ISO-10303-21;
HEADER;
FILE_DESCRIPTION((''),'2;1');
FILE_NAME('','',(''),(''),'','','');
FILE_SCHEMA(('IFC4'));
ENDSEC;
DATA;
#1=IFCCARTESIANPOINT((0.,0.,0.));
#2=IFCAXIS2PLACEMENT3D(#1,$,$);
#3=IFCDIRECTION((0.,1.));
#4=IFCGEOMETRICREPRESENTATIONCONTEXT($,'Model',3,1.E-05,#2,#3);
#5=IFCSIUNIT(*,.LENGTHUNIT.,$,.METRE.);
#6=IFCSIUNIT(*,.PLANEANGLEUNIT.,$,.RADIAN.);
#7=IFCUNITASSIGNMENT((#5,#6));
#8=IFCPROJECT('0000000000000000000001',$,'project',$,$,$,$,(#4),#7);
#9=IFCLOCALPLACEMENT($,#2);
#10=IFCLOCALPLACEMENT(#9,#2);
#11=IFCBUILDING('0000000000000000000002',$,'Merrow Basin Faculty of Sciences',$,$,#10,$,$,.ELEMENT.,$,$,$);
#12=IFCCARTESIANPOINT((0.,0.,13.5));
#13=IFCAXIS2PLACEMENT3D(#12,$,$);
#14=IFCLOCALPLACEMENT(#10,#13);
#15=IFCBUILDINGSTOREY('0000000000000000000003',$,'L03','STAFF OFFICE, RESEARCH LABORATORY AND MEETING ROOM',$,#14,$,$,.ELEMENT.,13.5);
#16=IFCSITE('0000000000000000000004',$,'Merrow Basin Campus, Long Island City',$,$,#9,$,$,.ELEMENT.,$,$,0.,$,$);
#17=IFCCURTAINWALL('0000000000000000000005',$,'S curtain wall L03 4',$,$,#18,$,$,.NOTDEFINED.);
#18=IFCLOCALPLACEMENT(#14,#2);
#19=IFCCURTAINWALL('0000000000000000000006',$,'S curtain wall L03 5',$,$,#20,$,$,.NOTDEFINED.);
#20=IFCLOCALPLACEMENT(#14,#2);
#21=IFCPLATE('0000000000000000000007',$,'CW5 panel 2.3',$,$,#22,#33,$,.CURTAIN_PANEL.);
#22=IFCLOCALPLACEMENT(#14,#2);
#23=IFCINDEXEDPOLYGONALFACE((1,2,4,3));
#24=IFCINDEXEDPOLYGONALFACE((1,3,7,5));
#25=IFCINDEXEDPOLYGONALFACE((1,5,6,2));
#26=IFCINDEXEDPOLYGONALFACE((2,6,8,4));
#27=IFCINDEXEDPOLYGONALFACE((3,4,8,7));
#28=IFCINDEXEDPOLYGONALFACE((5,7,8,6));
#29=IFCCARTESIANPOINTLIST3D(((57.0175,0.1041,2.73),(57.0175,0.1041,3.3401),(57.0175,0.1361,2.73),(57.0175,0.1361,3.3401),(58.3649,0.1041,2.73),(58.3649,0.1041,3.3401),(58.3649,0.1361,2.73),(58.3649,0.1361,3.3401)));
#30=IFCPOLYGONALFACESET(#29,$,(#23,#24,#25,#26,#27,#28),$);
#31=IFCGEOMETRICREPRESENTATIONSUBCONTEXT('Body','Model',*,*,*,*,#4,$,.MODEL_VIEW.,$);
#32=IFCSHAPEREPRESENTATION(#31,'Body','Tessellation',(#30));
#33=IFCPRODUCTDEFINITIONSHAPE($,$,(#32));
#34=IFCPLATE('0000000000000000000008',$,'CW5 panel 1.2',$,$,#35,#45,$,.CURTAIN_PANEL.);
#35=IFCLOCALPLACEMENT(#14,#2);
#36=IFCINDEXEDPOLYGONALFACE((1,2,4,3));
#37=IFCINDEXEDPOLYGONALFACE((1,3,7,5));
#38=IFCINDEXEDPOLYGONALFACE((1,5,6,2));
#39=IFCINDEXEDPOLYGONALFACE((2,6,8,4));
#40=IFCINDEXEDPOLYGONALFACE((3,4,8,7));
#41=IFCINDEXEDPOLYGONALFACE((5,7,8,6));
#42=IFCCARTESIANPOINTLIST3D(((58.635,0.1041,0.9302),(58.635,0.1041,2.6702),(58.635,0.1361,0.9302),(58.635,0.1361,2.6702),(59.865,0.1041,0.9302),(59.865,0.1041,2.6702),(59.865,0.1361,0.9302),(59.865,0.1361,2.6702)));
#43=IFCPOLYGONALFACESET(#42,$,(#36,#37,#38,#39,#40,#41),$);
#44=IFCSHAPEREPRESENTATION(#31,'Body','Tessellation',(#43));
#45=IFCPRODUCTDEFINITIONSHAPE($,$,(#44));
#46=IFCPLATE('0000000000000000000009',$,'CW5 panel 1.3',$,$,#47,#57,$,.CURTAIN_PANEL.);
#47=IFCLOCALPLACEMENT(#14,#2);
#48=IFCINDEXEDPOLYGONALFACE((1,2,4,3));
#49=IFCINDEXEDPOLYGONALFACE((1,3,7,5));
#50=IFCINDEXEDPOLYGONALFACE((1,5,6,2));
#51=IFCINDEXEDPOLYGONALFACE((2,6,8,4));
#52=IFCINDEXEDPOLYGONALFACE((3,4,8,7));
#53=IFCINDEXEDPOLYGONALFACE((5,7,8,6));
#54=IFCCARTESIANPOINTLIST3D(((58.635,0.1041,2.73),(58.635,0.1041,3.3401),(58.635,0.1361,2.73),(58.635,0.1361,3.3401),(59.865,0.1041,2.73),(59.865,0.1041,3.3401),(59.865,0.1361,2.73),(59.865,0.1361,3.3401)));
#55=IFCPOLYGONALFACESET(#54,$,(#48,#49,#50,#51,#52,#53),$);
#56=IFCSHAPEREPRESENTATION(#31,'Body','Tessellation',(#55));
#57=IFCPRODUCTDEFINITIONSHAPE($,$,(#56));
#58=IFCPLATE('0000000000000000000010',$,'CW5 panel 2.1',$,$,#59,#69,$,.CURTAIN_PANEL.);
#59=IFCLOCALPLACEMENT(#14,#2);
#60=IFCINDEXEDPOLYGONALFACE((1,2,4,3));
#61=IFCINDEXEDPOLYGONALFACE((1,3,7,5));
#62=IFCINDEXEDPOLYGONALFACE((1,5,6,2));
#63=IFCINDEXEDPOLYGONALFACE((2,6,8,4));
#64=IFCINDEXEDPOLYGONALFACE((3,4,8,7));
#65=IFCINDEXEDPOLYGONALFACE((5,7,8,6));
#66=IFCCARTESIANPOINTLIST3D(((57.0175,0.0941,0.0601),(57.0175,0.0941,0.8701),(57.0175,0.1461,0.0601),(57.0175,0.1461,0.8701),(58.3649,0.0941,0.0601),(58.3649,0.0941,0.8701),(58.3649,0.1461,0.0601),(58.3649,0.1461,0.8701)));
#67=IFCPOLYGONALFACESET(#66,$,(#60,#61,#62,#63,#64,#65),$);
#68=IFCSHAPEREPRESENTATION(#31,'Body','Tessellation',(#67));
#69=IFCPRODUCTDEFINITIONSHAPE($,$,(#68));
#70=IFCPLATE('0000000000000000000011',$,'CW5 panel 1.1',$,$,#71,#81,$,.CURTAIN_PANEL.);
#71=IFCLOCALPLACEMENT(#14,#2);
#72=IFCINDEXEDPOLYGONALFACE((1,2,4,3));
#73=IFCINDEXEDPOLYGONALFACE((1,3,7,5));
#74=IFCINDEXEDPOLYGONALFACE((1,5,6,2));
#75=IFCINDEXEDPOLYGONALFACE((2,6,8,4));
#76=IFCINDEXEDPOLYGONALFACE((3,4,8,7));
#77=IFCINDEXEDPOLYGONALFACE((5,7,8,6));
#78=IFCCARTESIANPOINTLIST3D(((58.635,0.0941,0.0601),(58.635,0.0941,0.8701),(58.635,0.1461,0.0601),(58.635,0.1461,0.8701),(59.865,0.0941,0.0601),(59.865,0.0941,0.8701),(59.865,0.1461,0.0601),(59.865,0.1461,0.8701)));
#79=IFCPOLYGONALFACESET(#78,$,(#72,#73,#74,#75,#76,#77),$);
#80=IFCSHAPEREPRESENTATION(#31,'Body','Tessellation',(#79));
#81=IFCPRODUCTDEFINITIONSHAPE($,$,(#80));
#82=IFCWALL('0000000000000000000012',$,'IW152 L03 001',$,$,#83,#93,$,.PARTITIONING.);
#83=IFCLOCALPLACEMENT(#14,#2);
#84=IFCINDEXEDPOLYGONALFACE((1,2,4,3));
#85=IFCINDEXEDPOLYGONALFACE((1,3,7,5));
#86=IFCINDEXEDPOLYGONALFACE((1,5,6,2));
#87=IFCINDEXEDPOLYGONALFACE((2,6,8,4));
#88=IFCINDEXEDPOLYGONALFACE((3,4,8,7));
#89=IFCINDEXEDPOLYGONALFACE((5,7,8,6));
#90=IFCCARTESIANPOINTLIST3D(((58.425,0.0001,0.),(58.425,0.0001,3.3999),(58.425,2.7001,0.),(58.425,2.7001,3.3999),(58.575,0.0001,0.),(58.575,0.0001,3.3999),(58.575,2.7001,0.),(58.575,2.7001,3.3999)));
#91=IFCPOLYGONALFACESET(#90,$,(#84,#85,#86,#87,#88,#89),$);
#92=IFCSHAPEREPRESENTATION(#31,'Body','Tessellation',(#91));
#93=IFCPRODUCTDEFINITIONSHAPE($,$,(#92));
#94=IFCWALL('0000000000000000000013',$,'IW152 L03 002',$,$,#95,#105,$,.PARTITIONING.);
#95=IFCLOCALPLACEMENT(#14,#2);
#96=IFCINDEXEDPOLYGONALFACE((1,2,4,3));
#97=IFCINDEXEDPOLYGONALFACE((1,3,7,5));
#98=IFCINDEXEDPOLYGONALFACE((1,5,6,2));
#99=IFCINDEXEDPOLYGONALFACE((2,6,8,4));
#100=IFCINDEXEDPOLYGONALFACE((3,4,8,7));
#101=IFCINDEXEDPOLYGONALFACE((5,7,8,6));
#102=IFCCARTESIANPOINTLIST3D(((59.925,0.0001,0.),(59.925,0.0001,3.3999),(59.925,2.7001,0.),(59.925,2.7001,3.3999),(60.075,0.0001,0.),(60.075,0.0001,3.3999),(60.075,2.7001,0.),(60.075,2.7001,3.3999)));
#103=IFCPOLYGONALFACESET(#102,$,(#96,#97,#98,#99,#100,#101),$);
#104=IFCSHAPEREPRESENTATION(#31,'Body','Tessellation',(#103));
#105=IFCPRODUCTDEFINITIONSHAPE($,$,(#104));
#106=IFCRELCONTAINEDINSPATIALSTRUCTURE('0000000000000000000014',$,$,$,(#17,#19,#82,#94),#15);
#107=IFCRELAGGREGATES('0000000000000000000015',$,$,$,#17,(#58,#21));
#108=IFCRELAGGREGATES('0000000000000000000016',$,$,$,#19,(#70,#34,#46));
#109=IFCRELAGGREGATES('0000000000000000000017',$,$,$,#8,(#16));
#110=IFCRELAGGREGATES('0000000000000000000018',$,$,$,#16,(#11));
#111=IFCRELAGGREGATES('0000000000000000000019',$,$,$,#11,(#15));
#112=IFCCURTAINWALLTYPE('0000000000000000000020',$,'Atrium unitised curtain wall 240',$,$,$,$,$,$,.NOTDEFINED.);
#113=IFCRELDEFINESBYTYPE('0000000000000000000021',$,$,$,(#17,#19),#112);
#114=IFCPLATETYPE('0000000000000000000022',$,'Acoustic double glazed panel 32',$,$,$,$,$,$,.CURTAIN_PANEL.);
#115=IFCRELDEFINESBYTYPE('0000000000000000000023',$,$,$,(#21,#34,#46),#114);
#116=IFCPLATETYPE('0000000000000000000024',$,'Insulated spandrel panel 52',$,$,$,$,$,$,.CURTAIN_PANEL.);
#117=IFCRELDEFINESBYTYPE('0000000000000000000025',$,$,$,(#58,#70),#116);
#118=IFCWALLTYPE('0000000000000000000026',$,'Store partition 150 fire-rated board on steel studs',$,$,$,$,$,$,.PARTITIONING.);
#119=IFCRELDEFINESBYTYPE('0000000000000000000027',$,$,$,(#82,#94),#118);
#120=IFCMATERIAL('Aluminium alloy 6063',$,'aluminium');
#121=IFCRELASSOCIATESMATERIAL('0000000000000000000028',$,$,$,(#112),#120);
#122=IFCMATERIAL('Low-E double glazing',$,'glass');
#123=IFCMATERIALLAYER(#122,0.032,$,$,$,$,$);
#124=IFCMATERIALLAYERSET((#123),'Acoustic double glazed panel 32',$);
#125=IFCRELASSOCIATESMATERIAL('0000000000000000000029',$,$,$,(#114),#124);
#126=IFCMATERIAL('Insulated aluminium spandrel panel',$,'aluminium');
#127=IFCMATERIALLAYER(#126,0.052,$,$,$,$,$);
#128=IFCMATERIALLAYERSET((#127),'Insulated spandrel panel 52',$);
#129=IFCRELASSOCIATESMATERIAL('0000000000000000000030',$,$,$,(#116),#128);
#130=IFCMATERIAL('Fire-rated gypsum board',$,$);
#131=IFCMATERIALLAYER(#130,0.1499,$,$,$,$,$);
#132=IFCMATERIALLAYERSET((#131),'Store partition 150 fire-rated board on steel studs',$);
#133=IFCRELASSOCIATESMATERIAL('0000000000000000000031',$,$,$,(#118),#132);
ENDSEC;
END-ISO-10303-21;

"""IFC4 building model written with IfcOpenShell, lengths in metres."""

from ifc_helpers import new_model, si_unit, direction, frame, frame_2d, origin, origin_2d, place, context, subcontext, project, spatial, rectangle, extrude, material, layer, layer_set, type_object, element, aggregate, save


model = new_model("IFC4")

# Units and contexts
model_context = context("Model", 3, precision=1e-05, world=origin(), true_north=direction((0.0, 1.0)))
body_context = subcontext(model_context, "Body", "Model", "MODEL_VIEW")
ifc_project = project(units=[si_unit("LENGTHUNIT", "METRE"), si_unit("PLANEANGLEUNIT", "RADIAN")], contexts=[model_context])

# Site, building, storey
site_placement = place(None, origin())
site = spatial("IfcSite", under=ifc_project, at=site_placement, Name="Merrow Basin Campus, Long Island City", CompositionType="ELEMENT", RefElevation=0.0)
building_placement = place(site_placement, origin())
building = spatial("IfcBuilding", under=site, at=building_placement, Name="Merrow Basin Faculty of Sciences", CompositionType="ELEMENT")
storey_placement = place(building_placement, frame((0.0, 0.0, 13.5)))
storey = spatial("IfcBuildingStorey", under=building, at=storey_placement, Name="L03", Description="STAFF OFFICE, RESEARCH LABORATORY AND MEETING ROOM", CompositionType="ELEMENT", Elevation=13.5)

# Curtain wall
ifc_material_1 = material(Name="Aluminium alloy 6063", Category="aluminium")
curtain_wall_type = type_object("IfcCurtainWallType", Name="Atrium unitised curtain wall 240", PredefinedType="NOTDEFINED", material=ifc_material_1)
curtain_wall_1_placement = place(storey_placement, origin())
curtain_wall_1 = element("IfcCurtainWall", 1, at=curtain_wall_1_placement, inside=storey, type_object=curtain_wall_type, Name="S curtain wall L03 4", PredefinedType="NOTDEFINED")

# Curtain wall
curtain_wall_2_placement = place(storey_placement, origin())
curtain_wall_2 = element("IfcCurtainWall", 2, at=curtain_wall_2_placement, inside=storey, type_object=curtain_wall_type, Name="S curtain wall L03 5", PredefinedType="NOTDEFINED")

# Plates
ifc_material_2 = material(Name="Low-E double glazing", Category="glass")
ifc_layer_1 = layer(ifc_material_2, 0.032)
ifc_layer_set_1 = layer_set([ifc_layer_1], Name="Acoustic double glazed panel 32")
plate_type_1 = type_object("IfcPlateType", Name="Acoustic double glazed panel 32", PredefinedType="CURTAIN_PANEL", material=ifc_layer_set_1)
plate_1_placement = place(storey_placement, frame((57.6912, 0.1201, 2.73), z_axis=(0.0, 0.0, 1.0), x_axis=(1.0, 0.0, 0.0)))
plate_1 = element("IfcPlate", 3, at=plate_1_placement, type_object=plate_type_1, Name="CW5 panel 2.3", PredefinedType="CURTAIN_PANEL", context=body_context, shape_type="SweptSolid", body=[
    extrude(rectangle(XDim=1.3474, YDim=0.032, at=origin_2d()), origin(), (0.0, 0.0, 1.0), 0.6101),
])
plate_2_placement = place(storey_placement, frame((59.25, 0.1201, 0.9302), z_axis=(0.0, 0.0, 1.0), x_axis=(1.0, 0.0, 0.0)))
plate_2 = element("IfcPlate", 4, at=plate_2_placement, type_object=plate_type_1, Name="CW5 panel 1.2", PredefinedType="CURTAIN_PANEL", context=body_context, shape_type="SweptSolid", body=[
    extrude(rectangle(XDim=1.23, YDim=0.032, at=origin_2d()), origin(), (0.0, 0.0, 1.0), 1.74),
])
plate_3_placement = place(storey_placement, frame((59.25, 0.1201, 2.73), z_axis=(0.0, 0.0, 1.0), x_axis=(1.0, 0.0, 0.0)))
plate_3 = element("IfcPlate", 5, at=plate_3_placement, type_object=plate_type_1, Name="CW5 panel 1.3", PredefinedType="CURTAIN_PANEL", context=body_context, shape_type="SweptSolid", body=[
    extrude(rectangle(XDim=1.23, YDim=0.032, at=origin_2d()), origin(), (0.0, 0.0, 1.0), 0.6101),
])
ifc_material_3 = material(Name="Insulated aluminium spandrel panel", Category="aluminium")
ifc_layer_2 = layer(ifc_material_3, 0.052)
ifc_layer_set_2 = layer_set([ifc_layer_2], Name="Insulated spandrel panel 52")
plate_type_2 = type_object("IfcPlateType", Name="Insulated spandrel panel 52", PredefinedType="CURTAIN_PANEL", material=ifc_layer_set_2)
plate_4_placement = place(storey_placement, frame((57.6912, 0.1201, 0.0601), z_axis=(0.0, 0.0, 1.0), x_axis=(1.0, 0.0, 0.0)))
plate_4 = element("IfcPlate", 6, at=plate_4_placement, type_object=plate_type_2, Name="CW5 panel 2.1", PredefinedType="CURTAIN_PANEL", context=body_context, shape_type="SweptSolid", body=[
    extrude(rectangle(XDim=1.3474, YDim=0.052, at=origin_2d()), origin(), (0.0, 0.0, 1.0), 0.8101),
])
aggregate(curtain_wall_1, [plate_4, plate_1])
plate_5_placement = place(storey_placement, frame((59.25, 0.1201, 0.0601), z_axis=(0.0, 0.0, 1.0), x_axis=(1.0, 0.0, 0.0)))
plate_5 = element("IfcPlate", 7, at=plate_5_placement, type_object=plate_type_2, Name="CW5 panel 1.1", PredefinedType="CURTAIN_PANEL", context=body_context, shape_type="SweptSolid", body=[
    extrude(rectangle(XDim=1.23, YDim=0.052, at=origin_2d()), origin(), (0.0, 0.0, 1.0), 0.8101),
])
aggregate(curtain_wall_2, [plate_5, plate_2, plate_3])

# Walls
ifc_material_4 = material(Name="Fire-rated gypsum board")
ifc_layer_3 = layer(ifc_material_4, 0.1499)
ifc_layer_set_3 = layer_set([ifc_layer_3], Name="Store partition 150 fire-rated board on steel studs")
wall_type = type_object("IfcWallType", Name="Store partition 150 fire-rated board on steel studs", PredefinedType="PARTITIONING", material=ifc_layer_set_3)
for number, where, z_axis, x_axis, name in (
    (8, (58.5, 0.0, 0.0), (0.0, 0.0, 1.0), (0.0, 1.0, 0.0), "IW152 L03 001"),
    (9, (60.0, 0.0, 0.0), (0.0, 0.0, 1.0), (0.0, 1.0, 0.0), "IW152 L03 002"),
):
    element("IfcWall", number, at=place(storey_placement, frame(where, z_axis=z_axis, x_axis=x_axis)), inside=storey, type_object=wall_type, Name=name, PredefinedType="PARTITIONING", context=body_context, shape_type="SweptSolid", body=[
        extrude(rectangle(XDim=2.7, YDim=0.1499, at=frame_2d((1.3501, 0.0))), origin(), (0.0, 0.0, 1.0), 3.3999),
    ])

save(model, "model.ifc")
